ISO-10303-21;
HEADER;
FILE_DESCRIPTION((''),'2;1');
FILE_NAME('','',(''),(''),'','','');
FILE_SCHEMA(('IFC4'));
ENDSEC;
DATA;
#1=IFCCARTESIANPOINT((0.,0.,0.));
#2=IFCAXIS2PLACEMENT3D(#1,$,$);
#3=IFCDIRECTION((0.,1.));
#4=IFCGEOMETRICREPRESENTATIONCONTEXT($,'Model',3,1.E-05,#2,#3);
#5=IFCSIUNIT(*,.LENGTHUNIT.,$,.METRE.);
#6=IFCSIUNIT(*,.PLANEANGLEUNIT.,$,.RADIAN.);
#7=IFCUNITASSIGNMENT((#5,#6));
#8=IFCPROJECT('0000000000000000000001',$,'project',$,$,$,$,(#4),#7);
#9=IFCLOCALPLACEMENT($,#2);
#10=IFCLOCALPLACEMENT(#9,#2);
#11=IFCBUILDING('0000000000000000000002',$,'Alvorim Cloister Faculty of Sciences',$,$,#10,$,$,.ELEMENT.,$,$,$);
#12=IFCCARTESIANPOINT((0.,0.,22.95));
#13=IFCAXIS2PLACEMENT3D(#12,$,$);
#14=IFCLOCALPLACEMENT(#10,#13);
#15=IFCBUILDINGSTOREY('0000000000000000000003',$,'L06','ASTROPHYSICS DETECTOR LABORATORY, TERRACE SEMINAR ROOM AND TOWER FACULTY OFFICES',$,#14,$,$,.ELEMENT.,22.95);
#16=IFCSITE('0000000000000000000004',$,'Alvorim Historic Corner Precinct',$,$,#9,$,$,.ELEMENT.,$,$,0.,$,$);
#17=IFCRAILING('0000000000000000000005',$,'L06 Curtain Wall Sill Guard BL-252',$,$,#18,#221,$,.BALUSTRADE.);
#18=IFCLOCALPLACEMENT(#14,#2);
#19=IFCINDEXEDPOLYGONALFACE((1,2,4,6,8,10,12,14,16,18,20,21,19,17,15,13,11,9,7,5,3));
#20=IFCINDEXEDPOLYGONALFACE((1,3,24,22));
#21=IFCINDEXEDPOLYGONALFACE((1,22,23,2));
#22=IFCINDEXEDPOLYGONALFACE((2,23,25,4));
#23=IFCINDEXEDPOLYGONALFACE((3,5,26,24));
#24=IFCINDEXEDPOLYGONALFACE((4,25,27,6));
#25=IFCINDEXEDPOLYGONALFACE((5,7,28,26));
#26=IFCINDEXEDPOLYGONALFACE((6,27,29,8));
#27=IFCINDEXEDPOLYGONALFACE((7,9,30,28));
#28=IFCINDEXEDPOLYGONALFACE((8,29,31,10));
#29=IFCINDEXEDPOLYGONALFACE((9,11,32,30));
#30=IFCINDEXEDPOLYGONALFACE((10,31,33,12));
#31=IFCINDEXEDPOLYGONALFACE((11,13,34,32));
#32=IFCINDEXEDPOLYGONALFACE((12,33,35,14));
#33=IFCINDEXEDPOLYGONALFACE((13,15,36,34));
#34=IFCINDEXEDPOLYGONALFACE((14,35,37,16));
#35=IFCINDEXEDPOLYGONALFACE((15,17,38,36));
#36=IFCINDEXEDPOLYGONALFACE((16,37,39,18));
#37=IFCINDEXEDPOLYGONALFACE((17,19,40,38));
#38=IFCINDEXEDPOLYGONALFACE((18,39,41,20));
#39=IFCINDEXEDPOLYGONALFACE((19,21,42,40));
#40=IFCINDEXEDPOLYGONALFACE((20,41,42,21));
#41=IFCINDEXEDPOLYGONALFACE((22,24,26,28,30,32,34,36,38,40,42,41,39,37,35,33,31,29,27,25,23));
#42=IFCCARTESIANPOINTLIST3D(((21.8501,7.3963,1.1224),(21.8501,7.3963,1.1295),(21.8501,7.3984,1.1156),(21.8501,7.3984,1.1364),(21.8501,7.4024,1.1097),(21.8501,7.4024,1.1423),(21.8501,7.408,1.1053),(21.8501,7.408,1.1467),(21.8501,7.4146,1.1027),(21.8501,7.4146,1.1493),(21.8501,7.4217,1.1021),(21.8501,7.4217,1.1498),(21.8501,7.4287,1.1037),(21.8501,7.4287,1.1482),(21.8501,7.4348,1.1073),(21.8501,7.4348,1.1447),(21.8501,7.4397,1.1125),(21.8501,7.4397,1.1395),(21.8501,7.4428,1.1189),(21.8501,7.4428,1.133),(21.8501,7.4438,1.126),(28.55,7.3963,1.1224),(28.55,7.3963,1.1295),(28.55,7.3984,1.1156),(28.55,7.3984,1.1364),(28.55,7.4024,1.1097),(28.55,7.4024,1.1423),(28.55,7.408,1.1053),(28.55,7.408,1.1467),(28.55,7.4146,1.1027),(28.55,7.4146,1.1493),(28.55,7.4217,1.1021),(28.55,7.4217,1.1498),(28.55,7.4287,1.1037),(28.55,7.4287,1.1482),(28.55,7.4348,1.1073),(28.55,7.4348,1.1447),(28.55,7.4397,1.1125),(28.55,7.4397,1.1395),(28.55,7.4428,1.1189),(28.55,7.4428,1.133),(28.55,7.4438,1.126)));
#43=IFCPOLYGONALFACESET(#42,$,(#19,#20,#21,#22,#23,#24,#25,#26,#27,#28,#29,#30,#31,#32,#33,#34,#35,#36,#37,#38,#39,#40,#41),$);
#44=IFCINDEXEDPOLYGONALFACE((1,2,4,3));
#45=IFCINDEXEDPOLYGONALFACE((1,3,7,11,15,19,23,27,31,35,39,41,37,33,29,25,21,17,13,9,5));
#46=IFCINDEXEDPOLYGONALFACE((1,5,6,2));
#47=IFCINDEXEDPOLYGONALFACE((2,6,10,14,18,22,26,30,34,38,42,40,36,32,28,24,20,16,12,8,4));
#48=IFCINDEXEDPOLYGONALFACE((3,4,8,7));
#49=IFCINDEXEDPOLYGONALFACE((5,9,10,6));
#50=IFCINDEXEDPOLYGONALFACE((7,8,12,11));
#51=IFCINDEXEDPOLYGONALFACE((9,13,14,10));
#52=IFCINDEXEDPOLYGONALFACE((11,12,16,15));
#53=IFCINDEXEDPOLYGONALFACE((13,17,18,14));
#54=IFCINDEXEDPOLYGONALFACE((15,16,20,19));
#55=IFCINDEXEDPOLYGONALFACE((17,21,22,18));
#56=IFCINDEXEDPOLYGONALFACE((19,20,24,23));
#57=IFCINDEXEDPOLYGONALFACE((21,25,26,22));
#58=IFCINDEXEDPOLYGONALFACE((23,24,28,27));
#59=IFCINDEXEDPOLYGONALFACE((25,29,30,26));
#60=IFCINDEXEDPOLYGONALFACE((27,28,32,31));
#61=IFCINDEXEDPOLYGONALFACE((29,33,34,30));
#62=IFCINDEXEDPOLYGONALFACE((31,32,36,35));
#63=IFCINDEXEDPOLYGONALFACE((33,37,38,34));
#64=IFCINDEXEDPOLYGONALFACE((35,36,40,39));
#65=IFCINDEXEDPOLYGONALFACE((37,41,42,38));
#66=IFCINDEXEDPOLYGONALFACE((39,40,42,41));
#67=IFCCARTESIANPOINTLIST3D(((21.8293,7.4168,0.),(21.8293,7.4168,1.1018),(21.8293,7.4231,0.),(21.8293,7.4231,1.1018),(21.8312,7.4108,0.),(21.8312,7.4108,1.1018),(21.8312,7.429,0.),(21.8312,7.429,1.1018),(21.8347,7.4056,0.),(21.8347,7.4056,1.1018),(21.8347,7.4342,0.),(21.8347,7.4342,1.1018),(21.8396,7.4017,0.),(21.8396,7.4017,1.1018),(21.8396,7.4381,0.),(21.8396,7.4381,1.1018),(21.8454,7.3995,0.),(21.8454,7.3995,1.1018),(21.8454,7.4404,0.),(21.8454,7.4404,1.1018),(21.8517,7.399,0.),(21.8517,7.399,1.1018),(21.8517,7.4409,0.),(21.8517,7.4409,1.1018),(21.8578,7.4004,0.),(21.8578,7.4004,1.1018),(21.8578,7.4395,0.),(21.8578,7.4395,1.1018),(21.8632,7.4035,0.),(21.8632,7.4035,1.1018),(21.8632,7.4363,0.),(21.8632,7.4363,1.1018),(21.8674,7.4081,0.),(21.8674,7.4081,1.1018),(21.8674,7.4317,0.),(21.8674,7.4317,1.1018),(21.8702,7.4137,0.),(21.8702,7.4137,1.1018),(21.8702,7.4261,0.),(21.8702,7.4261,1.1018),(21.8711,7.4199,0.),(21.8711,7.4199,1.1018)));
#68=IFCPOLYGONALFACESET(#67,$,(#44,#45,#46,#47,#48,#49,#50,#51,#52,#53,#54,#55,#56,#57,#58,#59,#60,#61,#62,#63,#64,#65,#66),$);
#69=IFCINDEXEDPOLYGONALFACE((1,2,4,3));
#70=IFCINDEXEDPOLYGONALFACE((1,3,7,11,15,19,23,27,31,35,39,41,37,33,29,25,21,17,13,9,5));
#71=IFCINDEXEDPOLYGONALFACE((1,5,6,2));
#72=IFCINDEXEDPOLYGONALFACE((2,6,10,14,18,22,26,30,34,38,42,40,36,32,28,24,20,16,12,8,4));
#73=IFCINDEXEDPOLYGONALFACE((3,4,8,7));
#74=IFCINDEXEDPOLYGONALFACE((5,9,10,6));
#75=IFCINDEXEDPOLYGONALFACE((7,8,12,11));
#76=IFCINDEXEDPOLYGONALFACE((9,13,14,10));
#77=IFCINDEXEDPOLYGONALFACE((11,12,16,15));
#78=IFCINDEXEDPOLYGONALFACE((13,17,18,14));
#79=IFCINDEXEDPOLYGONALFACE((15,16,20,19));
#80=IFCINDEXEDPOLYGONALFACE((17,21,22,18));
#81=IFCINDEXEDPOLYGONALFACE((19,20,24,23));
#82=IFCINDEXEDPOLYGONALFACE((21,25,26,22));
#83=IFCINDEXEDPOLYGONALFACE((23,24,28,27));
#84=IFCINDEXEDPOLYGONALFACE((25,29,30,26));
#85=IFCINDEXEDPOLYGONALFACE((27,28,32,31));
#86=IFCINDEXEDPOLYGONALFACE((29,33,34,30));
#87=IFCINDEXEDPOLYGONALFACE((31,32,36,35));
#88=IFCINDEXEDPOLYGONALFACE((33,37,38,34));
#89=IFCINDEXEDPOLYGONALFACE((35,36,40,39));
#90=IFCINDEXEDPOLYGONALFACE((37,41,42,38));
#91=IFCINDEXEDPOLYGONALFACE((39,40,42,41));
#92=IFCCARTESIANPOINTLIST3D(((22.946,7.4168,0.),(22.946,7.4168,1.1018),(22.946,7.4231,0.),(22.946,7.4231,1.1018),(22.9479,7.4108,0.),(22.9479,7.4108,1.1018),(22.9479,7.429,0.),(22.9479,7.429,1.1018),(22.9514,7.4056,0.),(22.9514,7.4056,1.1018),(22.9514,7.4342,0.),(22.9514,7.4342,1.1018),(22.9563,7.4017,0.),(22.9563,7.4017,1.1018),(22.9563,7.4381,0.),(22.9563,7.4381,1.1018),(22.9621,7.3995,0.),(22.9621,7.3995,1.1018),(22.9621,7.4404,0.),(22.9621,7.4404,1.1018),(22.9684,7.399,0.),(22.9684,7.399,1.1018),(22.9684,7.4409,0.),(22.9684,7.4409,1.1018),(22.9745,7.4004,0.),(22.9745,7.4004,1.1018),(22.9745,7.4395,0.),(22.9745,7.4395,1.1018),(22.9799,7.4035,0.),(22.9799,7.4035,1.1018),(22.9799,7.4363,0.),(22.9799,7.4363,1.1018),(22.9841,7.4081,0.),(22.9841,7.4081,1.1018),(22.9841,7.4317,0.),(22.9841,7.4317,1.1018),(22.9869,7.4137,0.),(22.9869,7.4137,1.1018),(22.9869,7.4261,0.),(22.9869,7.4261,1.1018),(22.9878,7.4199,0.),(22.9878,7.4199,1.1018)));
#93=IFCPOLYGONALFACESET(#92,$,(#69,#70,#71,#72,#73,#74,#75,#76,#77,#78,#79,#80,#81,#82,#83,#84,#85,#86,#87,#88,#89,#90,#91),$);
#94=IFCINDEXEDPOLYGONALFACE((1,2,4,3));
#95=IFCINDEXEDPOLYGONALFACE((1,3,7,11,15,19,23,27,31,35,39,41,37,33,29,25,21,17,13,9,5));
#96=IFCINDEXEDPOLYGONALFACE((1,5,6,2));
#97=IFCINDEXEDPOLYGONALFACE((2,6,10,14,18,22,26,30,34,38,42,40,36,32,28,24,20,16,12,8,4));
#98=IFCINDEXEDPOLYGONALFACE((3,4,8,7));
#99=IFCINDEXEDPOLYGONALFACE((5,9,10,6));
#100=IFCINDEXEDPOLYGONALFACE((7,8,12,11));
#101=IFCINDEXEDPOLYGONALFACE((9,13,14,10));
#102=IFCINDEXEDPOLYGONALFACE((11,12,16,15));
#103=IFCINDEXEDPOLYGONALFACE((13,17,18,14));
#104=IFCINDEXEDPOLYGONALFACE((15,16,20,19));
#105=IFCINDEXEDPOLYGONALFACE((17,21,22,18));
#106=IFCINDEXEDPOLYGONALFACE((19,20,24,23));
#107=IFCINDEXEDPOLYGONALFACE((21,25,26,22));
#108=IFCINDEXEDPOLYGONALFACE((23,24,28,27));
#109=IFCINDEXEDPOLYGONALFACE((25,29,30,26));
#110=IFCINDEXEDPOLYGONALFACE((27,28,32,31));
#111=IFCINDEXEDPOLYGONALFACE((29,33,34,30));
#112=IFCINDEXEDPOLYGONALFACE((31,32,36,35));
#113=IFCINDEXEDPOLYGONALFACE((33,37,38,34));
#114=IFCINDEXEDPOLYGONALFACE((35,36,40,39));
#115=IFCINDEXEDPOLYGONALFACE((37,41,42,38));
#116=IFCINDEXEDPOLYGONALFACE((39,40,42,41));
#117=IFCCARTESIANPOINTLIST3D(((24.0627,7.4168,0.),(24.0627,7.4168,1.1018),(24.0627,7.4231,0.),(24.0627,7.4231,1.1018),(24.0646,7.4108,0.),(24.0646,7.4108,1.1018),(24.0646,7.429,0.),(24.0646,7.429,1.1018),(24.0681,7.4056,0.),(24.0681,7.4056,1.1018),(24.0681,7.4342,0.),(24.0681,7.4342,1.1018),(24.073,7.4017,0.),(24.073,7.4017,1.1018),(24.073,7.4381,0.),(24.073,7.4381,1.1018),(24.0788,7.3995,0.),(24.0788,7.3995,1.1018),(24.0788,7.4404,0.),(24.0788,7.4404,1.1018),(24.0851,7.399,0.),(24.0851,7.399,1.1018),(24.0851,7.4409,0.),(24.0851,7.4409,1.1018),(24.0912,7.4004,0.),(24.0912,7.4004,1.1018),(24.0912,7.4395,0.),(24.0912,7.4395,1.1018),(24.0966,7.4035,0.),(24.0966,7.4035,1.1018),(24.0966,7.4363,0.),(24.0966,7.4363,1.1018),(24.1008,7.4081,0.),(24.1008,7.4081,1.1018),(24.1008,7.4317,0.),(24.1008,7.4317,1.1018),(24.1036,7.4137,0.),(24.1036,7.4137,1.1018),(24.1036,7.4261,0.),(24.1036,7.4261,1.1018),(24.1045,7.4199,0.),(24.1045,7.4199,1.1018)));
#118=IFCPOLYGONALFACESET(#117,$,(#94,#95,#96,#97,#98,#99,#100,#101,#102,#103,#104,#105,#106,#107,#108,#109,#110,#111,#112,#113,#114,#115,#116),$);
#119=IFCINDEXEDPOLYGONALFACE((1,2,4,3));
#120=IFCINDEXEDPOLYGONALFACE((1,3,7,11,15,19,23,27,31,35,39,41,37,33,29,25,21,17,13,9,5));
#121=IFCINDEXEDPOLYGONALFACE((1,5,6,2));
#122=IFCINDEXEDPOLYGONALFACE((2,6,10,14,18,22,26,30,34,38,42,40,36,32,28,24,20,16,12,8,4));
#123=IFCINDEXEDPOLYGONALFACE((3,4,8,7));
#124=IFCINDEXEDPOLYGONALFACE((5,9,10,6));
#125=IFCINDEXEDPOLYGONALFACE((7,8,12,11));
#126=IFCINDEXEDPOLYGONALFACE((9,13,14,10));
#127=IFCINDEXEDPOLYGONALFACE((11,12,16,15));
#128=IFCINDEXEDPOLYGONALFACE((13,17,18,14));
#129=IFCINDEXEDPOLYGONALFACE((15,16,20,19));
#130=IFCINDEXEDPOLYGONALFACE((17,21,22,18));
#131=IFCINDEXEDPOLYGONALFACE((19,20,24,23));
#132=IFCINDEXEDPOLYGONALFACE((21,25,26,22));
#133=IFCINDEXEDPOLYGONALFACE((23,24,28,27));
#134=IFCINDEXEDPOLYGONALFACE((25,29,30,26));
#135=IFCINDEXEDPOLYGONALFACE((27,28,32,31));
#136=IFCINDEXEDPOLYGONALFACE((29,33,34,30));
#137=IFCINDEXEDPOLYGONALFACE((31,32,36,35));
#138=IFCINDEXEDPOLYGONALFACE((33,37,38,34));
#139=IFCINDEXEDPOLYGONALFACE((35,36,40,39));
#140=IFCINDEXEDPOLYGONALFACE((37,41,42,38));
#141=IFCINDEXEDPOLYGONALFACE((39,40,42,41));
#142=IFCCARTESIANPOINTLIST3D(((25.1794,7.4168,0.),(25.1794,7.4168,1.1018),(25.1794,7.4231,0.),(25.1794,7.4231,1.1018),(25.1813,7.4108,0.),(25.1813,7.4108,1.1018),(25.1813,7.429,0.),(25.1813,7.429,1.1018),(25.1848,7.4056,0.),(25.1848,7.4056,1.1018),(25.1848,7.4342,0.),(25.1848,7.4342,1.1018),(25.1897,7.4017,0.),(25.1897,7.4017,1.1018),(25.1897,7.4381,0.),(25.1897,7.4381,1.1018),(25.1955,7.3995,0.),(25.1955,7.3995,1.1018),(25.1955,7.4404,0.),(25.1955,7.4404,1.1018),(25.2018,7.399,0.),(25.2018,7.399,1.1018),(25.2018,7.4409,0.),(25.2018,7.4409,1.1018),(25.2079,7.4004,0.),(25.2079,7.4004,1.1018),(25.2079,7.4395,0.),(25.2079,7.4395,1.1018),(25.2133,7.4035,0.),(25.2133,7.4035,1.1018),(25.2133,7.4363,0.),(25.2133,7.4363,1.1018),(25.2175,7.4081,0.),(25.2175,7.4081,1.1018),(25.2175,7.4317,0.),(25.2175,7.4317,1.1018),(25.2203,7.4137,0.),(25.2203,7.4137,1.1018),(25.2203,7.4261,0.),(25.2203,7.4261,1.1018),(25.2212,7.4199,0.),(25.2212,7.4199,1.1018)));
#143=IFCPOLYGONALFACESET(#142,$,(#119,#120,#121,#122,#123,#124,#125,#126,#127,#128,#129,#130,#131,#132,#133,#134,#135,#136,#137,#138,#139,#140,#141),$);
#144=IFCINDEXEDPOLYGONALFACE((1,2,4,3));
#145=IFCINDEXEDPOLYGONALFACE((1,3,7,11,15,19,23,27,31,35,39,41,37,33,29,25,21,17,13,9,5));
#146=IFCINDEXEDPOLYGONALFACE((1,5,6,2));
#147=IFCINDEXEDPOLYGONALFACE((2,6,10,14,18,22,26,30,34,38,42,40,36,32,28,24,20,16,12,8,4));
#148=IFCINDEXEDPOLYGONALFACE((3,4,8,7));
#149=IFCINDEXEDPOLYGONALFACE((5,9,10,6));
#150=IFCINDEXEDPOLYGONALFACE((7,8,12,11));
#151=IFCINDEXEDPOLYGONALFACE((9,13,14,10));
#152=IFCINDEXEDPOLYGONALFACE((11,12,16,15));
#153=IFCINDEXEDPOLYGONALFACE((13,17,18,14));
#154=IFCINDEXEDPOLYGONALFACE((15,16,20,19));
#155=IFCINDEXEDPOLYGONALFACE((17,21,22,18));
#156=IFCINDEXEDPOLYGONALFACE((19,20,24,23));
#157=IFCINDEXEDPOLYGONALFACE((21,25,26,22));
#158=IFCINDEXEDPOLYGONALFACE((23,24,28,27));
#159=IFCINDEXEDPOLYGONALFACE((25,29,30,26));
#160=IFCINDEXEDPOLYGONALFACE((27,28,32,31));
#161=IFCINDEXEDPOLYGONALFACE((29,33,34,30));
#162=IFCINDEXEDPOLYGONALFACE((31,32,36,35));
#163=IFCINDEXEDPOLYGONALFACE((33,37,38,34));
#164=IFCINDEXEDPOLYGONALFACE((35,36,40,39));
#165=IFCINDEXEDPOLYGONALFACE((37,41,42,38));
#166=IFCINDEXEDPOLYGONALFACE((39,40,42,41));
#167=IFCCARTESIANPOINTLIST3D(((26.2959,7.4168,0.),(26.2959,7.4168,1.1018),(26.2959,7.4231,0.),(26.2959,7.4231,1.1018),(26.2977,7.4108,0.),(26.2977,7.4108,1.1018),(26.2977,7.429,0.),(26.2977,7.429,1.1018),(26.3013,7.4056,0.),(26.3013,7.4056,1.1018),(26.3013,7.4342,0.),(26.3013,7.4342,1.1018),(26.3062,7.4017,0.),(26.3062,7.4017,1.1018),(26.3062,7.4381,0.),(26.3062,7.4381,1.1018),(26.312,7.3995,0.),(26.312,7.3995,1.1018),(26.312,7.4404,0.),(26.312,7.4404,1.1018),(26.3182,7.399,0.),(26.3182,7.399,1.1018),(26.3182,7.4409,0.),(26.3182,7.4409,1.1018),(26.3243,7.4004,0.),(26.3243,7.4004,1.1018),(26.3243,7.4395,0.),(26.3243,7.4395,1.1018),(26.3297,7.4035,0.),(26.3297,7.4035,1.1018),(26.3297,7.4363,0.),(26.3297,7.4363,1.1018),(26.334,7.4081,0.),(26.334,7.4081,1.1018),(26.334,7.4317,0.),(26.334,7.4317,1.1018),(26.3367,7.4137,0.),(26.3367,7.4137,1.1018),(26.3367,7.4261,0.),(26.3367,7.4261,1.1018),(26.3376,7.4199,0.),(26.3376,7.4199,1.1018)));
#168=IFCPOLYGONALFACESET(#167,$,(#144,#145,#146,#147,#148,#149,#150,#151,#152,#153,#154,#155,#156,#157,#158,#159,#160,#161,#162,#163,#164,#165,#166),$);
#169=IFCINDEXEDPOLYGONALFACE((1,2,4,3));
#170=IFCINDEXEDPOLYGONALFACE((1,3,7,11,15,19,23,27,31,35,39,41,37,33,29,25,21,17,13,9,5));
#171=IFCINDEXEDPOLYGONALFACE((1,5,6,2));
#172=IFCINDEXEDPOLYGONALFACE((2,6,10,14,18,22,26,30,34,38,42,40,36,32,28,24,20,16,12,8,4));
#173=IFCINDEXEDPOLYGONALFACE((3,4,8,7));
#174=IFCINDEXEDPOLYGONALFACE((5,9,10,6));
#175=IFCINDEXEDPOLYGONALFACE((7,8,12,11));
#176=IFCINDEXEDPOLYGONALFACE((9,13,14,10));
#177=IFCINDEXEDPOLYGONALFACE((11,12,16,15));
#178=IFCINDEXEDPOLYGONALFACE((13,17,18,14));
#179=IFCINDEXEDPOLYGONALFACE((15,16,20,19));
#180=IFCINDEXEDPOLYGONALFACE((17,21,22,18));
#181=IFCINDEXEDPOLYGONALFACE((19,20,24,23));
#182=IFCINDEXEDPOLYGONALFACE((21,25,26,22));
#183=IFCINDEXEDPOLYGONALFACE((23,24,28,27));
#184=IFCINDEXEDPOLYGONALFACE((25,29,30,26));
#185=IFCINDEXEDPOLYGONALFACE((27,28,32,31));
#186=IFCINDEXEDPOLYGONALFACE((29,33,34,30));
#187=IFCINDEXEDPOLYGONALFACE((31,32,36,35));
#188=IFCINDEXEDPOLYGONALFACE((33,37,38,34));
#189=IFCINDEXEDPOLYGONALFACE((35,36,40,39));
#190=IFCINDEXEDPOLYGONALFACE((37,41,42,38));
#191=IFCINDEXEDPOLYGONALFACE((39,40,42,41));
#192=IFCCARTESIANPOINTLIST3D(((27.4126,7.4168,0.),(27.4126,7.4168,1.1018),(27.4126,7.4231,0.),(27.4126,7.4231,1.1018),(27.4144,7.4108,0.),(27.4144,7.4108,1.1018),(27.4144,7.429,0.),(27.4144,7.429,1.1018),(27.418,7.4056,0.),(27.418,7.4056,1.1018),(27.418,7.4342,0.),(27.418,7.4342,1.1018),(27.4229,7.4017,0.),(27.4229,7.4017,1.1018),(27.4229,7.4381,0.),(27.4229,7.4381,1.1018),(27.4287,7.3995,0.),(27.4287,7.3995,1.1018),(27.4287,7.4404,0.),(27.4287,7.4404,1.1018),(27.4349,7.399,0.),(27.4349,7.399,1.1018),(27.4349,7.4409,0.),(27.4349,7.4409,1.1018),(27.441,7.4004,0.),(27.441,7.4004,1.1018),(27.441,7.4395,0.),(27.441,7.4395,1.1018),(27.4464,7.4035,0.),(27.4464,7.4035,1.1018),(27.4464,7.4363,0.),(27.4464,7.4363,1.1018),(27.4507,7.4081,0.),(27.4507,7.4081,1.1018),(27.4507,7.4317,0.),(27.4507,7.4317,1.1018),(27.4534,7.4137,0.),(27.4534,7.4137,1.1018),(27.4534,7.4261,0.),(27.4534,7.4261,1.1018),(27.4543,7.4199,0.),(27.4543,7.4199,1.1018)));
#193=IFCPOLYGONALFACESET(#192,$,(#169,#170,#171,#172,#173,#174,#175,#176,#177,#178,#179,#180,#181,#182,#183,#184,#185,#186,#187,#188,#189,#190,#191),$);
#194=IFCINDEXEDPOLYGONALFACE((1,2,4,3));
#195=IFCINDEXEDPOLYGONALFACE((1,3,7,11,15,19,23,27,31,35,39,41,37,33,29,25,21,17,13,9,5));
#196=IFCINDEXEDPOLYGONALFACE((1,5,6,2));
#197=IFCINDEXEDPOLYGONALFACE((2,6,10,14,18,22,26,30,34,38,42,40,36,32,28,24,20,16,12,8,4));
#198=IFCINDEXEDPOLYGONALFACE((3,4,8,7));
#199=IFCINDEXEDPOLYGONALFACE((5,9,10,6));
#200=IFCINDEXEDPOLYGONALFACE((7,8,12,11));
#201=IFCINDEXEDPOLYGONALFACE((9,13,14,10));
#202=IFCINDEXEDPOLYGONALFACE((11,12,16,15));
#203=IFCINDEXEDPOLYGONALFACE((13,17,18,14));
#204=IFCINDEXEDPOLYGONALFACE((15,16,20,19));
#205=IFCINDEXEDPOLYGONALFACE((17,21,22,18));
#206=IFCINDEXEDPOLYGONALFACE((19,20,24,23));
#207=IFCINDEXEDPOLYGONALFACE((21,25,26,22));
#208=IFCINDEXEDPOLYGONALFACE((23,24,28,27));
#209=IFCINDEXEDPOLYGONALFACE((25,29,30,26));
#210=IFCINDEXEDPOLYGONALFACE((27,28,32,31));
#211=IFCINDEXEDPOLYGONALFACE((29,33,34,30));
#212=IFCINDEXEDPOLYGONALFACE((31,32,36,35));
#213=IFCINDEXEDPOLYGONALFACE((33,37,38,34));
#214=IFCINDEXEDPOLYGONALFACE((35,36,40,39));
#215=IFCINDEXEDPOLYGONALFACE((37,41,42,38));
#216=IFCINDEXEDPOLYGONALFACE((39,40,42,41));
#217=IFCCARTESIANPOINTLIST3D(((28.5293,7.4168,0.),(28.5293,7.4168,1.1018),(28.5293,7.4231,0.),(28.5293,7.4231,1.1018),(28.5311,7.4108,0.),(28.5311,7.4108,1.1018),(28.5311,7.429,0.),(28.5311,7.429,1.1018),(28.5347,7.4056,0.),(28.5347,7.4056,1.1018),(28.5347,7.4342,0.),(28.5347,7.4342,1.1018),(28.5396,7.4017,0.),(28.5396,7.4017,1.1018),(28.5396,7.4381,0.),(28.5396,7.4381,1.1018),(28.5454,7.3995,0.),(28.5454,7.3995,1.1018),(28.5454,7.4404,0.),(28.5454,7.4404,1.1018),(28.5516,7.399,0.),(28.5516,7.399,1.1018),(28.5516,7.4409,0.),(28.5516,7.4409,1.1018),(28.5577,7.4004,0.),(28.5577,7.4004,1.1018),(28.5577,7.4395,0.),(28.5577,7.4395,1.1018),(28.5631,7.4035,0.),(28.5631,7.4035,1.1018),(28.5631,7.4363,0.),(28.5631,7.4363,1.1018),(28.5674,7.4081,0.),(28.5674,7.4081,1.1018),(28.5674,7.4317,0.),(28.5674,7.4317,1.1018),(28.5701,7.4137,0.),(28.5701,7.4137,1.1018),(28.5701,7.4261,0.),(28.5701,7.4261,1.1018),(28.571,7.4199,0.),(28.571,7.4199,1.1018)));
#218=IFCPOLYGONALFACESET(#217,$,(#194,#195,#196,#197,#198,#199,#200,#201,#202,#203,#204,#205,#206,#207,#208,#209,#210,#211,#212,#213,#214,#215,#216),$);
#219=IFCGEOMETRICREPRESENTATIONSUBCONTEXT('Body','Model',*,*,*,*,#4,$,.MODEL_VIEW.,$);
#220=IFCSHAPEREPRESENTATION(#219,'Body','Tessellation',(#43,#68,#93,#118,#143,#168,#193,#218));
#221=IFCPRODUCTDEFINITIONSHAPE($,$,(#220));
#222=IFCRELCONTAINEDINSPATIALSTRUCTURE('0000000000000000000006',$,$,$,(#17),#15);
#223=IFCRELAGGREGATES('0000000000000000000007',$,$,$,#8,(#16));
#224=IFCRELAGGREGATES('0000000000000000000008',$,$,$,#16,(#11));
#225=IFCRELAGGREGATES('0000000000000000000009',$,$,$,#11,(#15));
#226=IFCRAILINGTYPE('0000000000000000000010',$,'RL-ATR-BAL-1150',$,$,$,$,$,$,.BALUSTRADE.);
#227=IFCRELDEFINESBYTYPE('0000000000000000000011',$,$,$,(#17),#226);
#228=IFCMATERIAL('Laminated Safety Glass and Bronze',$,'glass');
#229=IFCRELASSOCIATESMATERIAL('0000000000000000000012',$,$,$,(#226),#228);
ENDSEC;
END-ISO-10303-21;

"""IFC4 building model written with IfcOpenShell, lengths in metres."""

from ifc_helpers import new_model, si_unit, direction, frame, origin, origin_2d, place, context, subcontext, project, spatial, circle, extrude, material, type_object, element, save


model = new_model("IFC4")

# Units and contexts
model_context = context("Model", 3, precision=1e-05, world=origin(), true_north=direction((0.0, 1.0)))
body_context = subcontext(model_context, "Body", "Model", "MODEL_VIEW")
ifc_project = project(units=[si_unit("LENGTHUNIT", "METRE"), si_unit("PLANEANGLEUNIT", "RADIAN")], contexts=[model_context])

# Site, building, storey
site_placement = place(None, origin())
site = spatial("IfcSite", under=ifc_project, at=site_placement, Name="Alvorim Historic Corner Precinct", CompositionType="ELEMENT", RefElevation=0.0)
building_placement = place(site_placement, origin())
building = spatial("IfcBuilding", under=site, at=building_placement, Name="Alvorim Cloister Faculty of Sciences", CompositionType="ELEMENT")
storey_placement = place(building_placement, frame((0.0, 0.0, 22.95)))
storey = spatial("IfcBuildingStorey", under=building, at=storey_placement, Name="L06", Description="ASTROPHYSICS DETECTOR LABORATORY, TERRACE SEMINAR ROOM AND TOWER FACULTY OFFICES", CompositionType="ELEMENT", Elevation=22.95)

# Railing
ifc_material_1 = material(Name="Laminated Safety Glass and Bronze", Category="glass")
railing_type = type_object("IfcRailingType", Name="RL-ATR-BAL-1150", PredefinedType="BALUSTRADE", material=ifc_material_1)
railing_1_placement = place(storey_placement, frame((21.8501, 7.4199, 0.0)))
element("IfcRailing", 1, at=railing_1_placement, inside=storey, type_object=railing_type, Name="L06 Curtain Wall Sill Guard BL-252", PredefinedType="BALUSTRADE", context=body_context, shape_type="SweptSolid", body=[
    extrude(circle(Radius=0.0239, at=origin_2d()), frame((0.0, 0.0, 1.126), z_axis=(1.0, 0.0, 0.0), x_axis=(0.0, 1.0, 0.0)), (0.0, 0.0, 1.0), 6.7),
    extrude(circle(Radius=0.021, at=origin_2d()), origin(), (0.0, 0.0, 1.0), 1.1018),
    extrude(circle(Radius=0.021, at=origin_2d()), frame((1.1167, 0.0, 0.0)), (0.0, 0.0, 1.0), 1.1018),
    extrude(circle(Radius=0.021, at=origin_2d()), frame((2.2334, 0.0, 0.0)), (0.0, 0.0, 1.0), 1.1018),
    extrude(circle(Radius=0.021, at=origin_2d()), frame((3.3501, 0.0, 0.0)), (0.0, 0.0, 1.0), 1.1018),
    extrude(circle(Radius=0.021, at=origin_2d()), frame((4.4666, 0.0, 0.0)), (0.0, 0.0, 1.0), 1.1018),
    extrude(circle(Radius=0.021, at=origin_2d()), frame((5.5833, 0.0, 0.0)), (0.0, 0.0, 1.0), 1.1018),
    extrude(circle(Radius=0.021, at=origin_2d()), frame((6.7, 0.0, 0.0)), (0.0, 0.0, 1.0), 1.1018),
])

save(model, "model.ifc")
